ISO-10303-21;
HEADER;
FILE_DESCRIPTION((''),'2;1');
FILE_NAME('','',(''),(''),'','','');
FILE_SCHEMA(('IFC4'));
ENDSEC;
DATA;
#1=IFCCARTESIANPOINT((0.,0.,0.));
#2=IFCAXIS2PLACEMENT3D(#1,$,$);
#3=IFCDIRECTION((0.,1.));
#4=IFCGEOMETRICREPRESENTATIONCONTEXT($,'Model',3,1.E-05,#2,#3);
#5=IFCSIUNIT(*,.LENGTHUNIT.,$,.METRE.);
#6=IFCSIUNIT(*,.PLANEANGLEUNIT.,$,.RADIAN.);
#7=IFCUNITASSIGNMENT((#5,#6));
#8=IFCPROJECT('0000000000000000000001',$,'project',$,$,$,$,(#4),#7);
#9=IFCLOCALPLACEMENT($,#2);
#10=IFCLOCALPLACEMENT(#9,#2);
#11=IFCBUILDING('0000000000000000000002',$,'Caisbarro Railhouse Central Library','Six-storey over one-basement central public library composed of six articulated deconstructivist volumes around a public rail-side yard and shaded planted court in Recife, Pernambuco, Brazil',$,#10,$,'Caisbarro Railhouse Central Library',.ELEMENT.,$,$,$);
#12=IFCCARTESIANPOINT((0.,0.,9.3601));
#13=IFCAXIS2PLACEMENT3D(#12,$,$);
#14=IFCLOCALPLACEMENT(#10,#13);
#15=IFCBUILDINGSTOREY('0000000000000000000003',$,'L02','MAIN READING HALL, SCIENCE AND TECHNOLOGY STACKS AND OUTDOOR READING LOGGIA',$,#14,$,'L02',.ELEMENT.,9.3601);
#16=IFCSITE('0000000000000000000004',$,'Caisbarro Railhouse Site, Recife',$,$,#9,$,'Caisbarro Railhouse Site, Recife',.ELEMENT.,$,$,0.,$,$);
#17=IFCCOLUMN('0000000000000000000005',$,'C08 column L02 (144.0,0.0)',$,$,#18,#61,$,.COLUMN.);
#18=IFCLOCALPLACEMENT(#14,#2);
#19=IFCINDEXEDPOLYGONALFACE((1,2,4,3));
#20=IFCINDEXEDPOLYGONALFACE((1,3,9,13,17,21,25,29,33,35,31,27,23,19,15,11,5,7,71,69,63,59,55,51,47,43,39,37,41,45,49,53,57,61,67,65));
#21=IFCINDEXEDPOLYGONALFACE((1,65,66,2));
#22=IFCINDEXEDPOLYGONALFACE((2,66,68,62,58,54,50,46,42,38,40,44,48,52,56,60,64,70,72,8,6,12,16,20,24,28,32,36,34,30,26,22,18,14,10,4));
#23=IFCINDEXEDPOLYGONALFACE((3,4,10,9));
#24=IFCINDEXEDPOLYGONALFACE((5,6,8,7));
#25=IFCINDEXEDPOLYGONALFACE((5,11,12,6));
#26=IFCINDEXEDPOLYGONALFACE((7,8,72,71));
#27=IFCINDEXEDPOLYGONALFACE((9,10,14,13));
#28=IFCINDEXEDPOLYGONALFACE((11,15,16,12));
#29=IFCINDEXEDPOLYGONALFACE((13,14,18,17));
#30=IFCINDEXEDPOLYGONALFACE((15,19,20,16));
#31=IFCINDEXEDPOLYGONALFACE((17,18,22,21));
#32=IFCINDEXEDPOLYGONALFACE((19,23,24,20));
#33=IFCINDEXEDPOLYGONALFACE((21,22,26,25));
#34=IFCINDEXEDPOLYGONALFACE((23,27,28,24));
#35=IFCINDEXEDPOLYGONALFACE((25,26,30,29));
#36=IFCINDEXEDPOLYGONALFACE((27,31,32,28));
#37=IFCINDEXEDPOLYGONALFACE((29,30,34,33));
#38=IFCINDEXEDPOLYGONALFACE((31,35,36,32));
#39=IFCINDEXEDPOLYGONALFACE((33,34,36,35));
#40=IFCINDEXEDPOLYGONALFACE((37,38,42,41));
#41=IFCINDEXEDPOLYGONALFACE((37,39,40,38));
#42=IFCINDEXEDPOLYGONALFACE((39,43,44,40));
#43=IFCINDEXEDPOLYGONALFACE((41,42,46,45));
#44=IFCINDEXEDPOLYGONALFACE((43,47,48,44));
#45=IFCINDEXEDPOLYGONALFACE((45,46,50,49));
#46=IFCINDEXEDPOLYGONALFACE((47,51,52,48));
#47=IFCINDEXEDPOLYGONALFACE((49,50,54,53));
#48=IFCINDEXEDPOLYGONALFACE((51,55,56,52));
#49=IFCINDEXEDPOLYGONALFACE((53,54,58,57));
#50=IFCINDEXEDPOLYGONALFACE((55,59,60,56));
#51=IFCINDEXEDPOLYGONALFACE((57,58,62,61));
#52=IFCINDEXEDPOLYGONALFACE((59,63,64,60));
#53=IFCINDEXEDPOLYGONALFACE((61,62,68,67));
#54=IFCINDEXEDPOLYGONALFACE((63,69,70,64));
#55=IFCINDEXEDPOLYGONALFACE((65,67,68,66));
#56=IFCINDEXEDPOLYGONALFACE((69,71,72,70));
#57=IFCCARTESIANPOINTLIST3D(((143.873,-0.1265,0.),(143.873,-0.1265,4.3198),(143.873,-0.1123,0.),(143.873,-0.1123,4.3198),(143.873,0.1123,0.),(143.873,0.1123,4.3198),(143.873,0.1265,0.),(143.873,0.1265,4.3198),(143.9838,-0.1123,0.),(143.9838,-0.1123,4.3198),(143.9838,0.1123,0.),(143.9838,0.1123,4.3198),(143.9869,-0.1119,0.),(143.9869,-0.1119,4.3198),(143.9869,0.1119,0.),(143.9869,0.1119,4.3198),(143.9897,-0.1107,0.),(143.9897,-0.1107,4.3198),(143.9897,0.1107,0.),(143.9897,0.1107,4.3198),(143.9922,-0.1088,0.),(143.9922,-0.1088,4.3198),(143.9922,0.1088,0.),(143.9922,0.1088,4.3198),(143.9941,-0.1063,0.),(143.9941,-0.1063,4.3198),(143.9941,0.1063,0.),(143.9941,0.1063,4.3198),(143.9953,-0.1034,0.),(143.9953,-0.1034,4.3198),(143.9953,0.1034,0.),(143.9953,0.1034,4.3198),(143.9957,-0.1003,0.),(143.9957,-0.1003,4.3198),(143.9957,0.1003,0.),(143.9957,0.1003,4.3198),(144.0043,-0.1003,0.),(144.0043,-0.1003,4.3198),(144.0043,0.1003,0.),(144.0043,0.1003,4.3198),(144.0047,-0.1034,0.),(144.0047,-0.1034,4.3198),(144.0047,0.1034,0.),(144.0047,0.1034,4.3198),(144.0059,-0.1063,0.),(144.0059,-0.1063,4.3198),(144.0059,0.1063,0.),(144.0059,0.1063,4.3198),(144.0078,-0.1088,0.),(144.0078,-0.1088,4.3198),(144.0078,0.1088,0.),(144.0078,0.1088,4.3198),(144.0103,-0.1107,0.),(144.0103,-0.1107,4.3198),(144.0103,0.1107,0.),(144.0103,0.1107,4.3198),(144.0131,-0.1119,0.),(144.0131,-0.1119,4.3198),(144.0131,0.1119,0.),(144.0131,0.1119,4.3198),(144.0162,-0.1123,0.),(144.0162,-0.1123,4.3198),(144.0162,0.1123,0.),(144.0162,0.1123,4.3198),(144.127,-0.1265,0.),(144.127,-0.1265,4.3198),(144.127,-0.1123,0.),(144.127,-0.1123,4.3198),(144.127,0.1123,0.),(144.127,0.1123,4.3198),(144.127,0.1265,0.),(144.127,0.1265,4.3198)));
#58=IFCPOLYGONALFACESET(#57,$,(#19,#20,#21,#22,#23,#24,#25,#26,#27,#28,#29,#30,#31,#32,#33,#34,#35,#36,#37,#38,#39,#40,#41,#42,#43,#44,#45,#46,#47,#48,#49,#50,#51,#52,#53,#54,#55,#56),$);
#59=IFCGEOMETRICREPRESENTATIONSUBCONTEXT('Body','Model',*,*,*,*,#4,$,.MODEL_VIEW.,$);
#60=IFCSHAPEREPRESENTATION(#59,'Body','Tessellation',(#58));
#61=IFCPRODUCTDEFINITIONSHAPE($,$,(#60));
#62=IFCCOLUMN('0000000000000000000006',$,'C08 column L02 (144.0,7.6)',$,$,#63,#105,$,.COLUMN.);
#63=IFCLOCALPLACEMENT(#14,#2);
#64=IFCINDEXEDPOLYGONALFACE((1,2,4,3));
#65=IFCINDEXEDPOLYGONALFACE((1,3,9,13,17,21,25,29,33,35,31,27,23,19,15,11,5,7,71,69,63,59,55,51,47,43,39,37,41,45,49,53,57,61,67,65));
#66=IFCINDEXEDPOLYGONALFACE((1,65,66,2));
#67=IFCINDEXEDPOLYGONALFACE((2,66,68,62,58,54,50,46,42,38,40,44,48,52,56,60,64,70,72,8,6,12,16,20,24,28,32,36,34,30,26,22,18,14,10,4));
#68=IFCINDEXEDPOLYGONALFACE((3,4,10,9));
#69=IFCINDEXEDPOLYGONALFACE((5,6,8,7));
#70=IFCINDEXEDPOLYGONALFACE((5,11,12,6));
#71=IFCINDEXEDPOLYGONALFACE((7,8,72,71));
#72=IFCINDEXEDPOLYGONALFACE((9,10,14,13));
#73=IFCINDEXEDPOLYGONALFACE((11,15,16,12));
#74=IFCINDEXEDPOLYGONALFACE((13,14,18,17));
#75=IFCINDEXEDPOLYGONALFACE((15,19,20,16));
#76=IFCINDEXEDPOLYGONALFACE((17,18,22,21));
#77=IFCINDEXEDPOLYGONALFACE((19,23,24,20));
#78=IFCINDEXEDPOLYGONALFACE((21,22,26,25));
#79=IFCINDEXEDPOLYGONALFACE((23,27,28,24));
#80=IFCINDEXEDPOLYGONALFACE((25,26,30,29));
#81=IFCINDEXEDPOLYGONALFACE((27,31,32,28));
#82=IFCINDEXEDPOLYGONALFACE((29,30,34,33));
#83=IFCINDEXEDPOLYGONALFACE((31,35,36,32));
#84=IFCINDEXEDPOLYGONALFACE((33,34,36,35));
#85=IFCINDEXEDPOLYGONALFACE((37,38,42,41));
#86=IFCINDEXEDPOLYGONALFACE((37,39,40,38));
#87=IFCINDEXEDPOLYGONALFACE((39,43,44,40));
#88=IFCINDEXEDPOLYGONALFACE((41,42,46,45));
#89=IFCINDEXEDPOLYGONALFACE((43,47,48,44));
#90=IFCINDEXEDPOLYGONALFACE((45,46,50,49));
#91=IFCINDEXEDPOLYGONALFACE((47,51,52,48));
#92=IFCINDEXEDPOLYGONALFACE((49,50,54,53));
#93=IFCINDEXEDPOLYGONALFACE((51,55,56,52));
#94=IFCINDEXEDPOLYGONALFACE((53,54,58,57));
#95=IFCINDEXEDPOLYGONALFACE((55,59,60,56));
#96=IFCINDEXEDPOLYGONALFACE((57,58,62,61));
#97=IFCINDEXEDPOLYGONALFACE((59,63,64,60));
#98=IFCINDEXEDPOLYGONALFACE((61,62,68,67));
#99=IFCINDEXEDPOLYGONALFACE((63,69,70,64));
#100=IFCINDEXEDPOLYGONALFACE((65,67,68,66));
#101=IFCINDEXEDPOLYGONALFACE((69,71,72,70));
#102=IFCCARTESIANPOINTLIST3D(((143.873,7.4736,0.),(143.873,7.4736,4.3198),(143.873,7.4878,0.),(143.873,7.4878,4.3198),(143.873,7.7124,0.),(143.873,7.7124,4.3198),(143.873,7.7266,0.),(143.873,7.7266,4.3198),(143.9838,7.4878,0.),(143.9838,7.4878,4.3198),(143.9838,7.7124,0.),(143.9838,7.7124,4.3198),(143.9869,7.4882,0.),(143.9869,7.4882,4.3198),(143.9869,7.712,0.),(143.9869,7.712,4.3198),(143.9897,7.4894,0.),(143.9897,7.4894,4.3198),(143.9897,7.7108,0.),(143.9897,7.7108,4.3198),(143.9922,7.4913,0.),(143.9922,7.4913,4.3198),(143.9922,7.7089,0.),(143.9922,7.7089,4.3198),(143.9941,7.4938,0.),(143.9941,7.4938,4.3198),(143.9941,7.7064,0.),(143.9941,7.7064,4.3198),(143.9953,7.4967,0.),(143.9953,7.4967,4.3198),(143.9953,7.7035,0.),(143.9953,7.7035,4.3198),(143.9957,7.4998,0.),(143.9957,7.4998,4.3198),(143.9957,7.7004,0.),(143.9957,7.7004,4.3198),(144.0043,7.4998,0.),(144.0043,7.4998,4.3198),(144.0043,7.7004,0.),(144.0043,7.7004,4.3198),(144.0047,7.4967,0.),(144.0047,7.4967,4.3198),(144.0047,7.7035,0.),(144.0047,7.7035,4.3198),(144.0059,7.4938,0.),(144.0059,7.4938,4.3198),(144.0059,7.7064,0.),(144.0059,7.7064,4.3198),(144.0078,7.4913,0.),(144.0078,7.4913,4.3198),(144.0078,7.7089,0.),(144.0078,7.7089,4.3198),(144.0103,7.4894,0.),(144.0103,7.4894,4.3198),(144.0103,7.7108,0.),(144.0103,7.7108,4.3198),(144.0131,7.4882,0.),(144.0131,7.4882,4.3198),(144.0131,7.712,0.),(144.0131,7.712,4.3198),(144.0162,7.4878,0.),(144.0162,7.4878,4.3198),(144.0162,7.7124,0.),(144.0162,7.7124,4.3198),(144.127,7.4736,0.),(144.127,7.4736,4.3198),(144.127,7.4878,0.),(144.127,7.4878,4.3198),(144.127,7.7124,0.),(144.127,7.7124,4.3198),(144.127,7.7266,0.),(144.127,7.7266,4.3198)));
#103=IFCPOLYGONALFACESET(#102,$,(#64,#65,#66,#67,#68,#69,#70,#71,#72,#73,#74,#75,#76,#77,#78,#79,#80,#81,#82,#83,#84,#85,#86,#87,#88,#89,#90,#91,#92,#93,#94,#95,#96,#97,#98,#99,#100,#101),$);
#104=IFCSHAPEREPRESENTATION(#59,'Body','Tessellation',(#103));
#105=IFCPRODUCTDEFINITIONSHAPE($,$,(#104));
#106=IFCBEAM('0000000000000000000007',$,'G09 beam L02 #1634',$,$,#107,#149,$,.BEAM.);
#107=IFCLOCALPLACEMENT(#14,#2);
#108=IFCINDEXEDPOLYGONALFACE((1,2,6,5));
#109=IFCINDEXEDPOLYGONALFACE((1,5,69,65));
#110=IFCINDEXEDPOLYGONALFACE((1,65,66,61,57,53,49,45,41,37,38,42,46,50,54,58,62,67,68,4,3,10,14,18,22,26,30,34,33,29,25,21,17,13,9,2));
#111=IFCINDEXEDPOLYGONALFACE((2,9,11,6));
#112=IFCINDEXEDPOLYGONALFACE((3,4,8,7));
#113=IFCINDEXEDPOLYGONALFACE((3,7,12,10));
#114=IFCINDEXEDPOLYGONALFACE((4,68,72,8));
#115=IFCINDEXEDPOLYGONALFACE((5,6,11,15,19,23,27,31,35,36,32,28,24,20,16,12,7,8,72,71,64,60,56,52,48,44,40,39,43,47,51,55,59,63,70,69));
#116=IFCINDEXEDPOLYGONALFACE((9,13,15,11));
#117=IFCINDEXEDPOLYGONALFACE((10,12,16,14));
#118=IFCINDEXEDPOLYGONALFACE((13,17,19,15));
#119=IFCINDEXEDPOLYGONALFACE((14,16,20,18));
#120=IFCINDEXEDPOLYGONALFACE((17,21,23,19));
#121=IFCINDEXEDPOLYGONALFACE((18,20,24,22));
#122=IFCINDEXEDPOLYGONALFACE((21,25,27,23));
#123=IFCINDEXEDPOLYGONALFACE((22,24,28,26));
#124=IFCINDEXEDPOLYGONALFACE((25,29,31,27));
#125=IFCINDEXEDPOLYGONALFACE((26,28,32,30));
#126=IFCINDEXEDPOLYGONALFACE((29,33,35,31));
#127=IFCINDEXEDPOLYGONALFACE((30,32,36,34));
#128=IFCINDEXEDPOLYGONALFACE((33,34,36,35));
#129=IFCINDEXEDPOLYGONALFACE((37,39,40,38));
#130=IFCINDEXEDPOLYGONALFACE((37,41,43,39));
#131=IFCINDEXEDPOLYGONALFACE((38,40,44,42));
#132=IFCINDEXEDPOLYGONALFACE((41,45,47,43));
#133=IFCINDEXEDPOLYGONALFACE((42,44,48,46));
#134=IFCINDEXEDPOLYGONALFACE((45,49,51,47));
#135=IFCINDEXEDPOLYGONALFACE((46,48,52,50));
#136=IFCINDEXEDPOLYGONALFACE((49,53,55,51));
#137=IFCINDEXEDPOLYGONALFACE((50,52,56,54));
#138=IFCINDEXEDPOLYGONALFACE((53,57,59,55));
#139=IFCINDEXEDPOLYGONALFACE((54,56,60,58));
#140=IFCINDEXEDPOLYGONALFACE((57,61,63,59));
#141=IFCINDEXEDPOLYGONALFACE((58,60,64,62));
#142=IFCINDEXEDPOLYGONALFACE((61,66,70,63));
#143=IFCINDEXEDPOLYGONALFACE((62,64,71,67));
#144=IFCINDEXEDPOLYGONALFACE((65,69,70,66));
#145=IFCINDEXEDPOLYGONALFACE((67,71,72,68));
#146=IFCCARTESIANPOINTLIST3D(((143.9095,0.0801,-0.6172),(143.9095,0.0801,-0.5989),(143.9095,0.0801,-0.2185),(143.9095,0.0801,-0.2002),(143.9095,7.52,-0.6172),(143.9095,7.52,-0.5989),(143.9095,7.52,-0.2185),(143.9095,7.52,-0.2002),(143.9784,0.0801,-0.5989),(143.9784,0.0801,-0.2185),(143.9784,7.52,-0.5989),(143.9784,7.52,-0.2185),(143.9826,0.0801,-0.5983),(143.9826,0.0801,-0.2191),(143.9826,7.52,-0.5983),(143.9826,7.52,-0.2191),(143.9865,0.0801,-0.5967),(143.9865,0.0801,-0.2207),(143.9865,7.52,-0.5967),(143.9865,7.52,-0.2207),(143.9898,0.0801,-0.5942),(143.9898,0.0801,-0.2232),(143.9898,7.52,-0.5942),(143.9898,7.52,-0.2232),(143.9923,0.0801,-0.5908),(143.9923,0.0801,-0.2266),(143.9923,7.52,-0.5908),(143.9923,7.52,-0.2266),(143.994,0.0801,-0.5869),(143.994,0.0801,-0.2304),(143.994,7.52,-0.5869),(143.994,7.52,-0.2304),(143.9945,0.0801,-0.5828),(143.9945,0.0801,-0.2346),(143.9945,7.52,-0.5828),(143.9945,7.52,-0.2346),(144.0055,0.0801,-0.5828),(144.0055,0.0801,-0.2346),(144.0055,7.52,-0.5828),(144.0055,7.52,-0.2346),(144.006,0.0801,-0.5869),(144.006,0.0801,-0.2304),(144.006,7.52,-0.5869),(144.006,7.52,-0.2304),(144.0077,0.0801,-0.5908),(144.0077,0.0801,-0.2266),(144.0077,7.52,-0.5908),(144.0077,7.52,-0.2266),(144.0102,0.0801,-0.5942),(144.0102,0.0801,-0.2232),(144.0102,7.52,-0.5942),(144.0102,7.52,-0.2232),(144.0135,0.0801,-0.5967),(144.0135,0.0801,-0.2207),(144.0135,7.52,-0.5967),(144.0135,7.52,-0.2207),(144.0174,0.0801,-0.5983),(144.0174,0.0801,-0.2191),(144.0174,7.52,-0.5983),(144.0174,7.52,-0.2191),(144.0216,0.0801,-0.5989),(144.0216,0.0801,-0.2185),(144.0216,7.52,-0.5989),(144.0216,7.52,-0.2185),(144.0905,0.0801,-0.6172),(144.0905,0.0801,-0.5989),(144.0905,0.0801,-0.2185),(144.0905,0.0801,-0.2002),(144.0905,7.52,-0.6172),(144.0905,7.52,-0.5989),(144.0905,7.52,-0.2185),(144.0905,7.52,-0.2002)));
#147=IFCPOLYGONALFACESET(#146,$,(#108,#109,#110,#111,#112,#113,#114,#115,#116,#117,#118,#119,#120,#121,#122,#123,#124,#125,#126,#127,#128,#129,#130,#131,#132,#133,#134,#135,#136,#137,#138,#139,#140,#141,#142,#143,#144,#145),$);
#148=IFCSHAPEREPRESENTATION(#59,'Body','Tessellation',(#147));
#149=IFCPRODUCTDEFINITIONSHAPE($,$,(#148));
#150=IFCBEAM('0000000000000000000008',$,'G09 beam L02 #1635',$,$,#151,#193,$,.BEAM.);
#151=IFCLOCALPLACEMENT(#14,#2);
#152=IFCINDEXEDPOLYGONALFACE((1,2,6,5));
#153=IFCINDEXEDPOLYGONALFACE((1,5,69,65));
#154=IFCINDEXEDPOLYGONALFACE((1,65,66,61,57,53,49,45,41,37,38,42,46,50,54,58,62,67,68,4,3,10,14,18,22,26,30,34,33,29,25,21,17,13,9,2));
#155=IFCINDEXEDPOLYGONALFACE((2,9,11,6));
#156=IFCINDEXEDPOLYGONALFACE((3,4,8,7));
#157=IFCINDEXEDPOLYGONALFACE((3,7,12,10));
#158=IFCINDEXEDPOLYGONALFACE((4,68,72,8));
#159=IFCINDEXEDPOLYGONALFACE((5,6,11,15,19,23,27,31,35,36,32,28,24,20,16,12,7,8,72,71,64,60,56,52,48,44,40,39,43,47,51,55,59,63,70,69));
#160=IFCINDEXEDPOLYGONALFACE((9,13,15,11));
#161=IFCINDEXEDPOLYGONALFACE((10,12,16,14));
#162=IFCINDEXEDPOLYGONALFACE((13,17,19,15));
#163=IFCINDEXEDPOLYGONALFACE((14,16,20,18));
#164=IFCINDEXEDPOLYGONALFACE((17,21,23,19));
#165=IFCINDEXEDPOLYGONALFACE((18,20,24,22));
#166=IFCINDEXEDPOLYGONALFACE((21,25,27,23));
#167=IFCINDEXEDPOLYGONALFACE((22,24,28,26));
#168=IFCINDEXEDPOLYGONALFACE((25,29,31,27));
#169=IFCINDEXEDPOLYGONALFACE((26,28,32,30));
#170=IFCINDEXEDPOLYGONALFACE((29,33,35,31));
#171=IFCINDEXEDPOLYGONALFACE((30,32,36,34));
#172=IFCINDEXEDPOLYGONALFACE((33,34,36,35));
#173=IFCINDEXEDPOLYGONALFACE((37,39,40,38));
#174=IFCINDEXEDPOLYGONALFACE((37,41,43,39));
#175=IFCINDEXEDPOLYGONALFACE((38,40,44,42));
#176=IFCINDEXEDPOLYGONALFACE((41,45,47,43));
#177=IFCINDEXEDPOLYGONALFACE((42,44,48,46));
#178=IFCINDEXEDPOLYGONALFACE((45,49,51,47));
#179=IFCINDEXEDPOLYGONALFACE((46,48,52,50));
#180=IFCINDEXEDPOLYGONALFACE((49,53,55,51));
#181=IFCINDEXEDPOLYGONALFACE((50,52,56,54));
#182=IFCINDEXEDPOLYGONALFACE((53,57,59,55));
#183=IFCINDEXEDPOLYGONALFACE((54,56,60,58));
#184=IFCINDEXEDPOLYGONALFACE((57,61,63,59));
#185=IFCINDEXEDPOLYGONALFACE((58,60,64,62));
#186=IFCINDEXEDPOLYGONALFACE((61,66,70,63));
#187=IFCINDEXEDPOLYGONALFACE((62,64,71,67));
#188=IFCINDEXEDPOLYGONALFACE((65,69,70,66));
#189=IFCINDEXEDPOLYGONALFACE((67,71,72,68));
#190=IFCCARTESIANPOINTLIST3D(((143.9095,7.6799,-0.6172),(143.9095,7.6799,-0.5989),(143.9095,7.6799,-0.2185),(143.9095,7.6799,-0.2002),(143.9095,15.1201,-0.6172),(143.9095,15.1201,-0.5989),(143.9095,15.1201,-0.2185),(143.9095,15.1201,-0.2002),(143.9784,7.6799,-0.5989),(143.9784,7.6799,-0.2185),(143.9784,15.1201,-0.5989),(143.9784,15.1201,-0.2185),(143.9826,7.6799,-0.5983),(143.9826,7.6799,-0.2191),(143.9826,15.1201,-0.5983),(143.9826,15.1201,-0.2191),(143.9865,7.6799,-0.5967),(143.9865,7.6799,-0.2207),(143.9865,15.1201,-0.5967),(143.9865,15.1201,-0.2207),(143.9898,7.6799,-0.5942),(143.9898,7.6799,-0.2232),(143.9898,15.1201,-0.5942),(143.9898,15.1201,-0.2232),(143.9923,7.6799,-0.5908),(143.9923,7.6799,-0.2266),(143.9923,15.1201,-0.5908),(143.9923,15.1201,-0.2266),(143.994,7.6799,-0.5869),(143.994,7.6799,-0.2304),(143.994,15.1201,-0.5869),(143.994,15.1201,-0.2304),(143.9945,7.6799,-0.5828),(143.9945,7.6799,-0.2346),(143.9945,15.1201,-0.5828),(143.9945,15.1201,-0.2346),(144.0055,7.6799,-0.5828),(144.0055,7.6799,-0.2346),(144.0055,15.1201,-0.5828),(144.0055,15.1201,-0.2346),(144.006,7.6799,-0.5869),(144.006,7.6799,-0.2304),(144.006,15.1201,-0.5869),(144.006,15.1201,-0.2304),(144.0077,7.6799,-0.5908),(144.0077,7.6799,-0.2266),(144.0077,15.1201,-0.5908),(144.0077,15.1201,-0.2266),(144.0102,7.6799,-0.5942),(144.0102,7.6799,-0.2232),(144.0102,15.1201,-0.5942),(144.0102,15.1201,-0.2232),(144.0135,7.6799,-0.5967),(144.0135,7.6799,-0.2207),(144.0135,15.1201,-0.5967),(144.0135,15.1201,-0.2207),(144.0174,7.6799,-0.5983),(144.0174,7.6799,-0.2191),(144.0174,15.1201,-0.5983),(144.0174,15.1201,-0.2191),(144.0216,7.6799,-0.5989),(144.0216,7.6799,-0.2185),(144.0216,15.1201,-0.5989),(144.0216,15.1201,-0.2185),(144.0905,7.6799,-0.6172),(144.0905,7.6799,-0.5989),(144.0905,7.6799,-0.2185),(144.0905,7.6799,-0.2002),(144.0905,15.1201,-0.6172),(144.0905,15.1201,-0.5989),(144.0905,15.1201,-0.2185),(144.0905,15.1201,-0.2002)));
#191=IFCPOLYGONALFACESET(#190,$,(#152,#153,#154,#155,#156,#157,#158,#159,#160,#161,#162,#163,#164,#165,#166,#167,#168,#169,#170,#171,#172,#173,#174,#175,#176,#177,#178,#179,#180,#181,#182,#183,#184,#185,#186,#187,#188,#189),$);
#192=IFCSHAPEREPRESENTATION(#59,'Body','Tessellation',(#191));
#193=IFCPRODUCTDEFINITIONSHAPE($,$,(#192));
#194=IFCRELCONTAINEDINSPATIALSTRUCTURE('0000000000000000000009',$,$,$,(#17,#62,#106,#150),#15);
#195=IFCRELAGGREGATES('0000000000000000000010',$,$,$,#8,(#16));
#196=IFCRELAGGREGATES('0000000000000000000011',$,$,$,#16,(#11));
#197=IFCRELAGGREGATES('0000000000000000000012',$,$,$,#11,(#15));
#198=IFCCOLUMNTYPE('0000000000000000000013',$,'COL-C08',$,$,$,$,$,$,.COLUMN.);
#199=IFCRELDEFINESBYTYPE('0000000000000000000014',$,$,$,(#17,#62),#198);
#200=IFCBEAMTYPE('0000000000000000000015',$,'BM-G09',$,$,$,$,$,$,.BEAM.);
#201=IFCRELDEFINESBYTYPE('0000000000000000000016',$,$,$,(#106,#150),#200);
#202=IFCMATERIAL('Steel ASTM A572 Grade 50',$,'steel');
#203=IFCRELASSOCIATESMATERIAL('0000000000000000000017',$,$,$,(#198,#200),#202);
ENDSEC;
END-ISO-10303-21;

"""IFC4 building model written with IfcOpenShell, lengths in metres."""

from ifc_helpers import new_model, si_unit, direction, frame, origin, origin_2d, place, context, subcontext, project, spatial, i_section, extrude, material, material_profile, profile_set, type_object, element, save


model = new_model("IFC4")

# Units and contexts
model_context = context("Model", 3, precision=1e-05, world=origin(), true_north=direction((0.0, 1.0)))
body_context = subcontext(model_context, "Body", "Model", "MODEL_VIEW")
ifc_project = project(units=[si_unit("LENGTHUNIT", "METRE"), si_unit("PLANEANGLEUNIT", "RADIAN")], contexts=[model_context])

# Site, building, storey
site_placement = place(None, origin())
site = spatial("IfcSite", under=ifc_project, at=site_placement, Name="Caisbarro Railhouse Site, Recife", LongName="Caisbarro Railhouse Site, Recife", CompositionType="ELEMENT", RefElevation=0.0)
building_placement = place(site_placement, origin())
building = spatial("IfcBuilding", under=site, at=building_placement, Name="Caisbarro Railhouse Central Library", Description="Six-storey over one-basement central public library composed of six articulated deconstructivist volumes around a public rail-side yard and shaded planted court in Recife, Pernambuco, Brazil", LongName="Caisbarro Railhouse Central Library", CompositionType="ELEMENT")
storey_placement = place(building_placement, frame((0.0, 0.0, 9.3601)))
storey = spatial("IfcBuildingStorey", under=building, at=storey_placement, Name="L02", Description="MAIN READING HALL, SCIENCE AND TECHNOLOGY STACKS AND OUTDOOR READING LOGGIA", LongName="L02", CompositionType="ELEMENT", Elevation=9.3601)

# Columns
ifc_material_1 = material(Name="Steel ASTM A572 Grade 50", Category="steel")
ifc_material_profile_1 = material_profile(ifc_material_1, i_section(OverallWidth=0.2539, OverallDepth=0.2529, WebThickness=0.0085, FlangeThickness=0.0142, FilletRadius=0.012, at=origin_2d()), Name="W250X73.0")
ifc_profile_set_1 = profile_set([ifc_material_profile_1], Name="Steel ASTM A572 Grade 50")
column_type = type_object("IfcColumnType", Name="COL-C08", PredefinedType="COLUMN", material=ifc_profile_set_1)
for number, where, z_axis, x_axis, name in (
    (1, (144.0, 0.0, 0.0), (0.0, 0.0, 1.0), (1.0, 0.0, 0.0), "C08 column L02 (144.0,0.0)"),
    (2, (144.0, 7.6001, 0.0), (0.0, 0.0, 1.0), (1.0, 0.0, 0.0), "C08 column L02 (144.0,7.6)"),
):
    element("IfcColumn", number, at=place(storey_placement, frame(where, z_axis=z_axis, x_axis=x_axis)), inside=storey, type_object=column_type, Name=name, PredefinedType="COLUMN", context=body_context, shape_type="SweptSolid", body=[
        extrude(i_section(OverallWidth=0.2539, OverallDepth=0.2529, WebThickness=0.0085, FlangeThickness=0.0142, FilletRadius=0.012, at=origin_2d()), origin(), (0.0, 0.0, 1.0), 4.3198),
    ])

# Beams
ifc_material_profile_2 = material_profile(ifc_material_1, i_section(OverallWidth=0.1809, OverallDepth=0.417, WebThickness=0.011, FlangeThickness=0.0183, FilletRadius=0.0161, at=origin_2d()), Name="W410X85.0")
ifc_profile_set_2 = profile_set([ifc_material_profile_2], Name="Steel ASTM A572 Grade 50")
beam_type = type_object("IfcBeamType", Name="BM-G09", PredefinedType="BEAM", material=ifc_profile_set_2)
beam_1_placement = place(storey_placement, frame((144.0, 0.0801, -0.4087), z_axis=(0.0, 1.0, 0.0), x_axis=(-1.0, 0.0, 0.0)))
element("IfcBeam", 3, at=beam_1_placement, inside=storey, type_object=beam_type, Name="G09 beam L02 #1634", PredefinedType="BEAM", context=body_context, shape_type="SweptSolid", body=[
    extrude(i_section(OverallWidth=0.1809, OverallDepth=0.417, WebThickness=0.011, FlangeThickness=0.0183, FilletRadius=0.0161, at=origin_2d()), origin(), (0.0, 0.0, 1.0), 7.4399),
])
beam_2_placement = place(storey_placement, frame((144.0, 7.6799, -0.4087), z_axis=(0.0, 1.0, 0.0), x_axis=(-1.0, 0.0, 0.0)))
element("IfcBeam", 4, at=beam_2_placement, inside=storey, type_object=beam_type, Name="G09 beam L02 #1635", PredefinedType="BEAM", context=body_context, shape_type="SweptSolid", body=[
    extrude(i_section(OverallWidth=0.1809, OverallDepth=0.417, WebThickness=0.011, FlangeThickness=0.0183, FilletRadius=0.0161, at=origin_2d()), origin(), (0.0, 0.0, 1.0), 7.4402),
])

save(model, "model.ifc")
